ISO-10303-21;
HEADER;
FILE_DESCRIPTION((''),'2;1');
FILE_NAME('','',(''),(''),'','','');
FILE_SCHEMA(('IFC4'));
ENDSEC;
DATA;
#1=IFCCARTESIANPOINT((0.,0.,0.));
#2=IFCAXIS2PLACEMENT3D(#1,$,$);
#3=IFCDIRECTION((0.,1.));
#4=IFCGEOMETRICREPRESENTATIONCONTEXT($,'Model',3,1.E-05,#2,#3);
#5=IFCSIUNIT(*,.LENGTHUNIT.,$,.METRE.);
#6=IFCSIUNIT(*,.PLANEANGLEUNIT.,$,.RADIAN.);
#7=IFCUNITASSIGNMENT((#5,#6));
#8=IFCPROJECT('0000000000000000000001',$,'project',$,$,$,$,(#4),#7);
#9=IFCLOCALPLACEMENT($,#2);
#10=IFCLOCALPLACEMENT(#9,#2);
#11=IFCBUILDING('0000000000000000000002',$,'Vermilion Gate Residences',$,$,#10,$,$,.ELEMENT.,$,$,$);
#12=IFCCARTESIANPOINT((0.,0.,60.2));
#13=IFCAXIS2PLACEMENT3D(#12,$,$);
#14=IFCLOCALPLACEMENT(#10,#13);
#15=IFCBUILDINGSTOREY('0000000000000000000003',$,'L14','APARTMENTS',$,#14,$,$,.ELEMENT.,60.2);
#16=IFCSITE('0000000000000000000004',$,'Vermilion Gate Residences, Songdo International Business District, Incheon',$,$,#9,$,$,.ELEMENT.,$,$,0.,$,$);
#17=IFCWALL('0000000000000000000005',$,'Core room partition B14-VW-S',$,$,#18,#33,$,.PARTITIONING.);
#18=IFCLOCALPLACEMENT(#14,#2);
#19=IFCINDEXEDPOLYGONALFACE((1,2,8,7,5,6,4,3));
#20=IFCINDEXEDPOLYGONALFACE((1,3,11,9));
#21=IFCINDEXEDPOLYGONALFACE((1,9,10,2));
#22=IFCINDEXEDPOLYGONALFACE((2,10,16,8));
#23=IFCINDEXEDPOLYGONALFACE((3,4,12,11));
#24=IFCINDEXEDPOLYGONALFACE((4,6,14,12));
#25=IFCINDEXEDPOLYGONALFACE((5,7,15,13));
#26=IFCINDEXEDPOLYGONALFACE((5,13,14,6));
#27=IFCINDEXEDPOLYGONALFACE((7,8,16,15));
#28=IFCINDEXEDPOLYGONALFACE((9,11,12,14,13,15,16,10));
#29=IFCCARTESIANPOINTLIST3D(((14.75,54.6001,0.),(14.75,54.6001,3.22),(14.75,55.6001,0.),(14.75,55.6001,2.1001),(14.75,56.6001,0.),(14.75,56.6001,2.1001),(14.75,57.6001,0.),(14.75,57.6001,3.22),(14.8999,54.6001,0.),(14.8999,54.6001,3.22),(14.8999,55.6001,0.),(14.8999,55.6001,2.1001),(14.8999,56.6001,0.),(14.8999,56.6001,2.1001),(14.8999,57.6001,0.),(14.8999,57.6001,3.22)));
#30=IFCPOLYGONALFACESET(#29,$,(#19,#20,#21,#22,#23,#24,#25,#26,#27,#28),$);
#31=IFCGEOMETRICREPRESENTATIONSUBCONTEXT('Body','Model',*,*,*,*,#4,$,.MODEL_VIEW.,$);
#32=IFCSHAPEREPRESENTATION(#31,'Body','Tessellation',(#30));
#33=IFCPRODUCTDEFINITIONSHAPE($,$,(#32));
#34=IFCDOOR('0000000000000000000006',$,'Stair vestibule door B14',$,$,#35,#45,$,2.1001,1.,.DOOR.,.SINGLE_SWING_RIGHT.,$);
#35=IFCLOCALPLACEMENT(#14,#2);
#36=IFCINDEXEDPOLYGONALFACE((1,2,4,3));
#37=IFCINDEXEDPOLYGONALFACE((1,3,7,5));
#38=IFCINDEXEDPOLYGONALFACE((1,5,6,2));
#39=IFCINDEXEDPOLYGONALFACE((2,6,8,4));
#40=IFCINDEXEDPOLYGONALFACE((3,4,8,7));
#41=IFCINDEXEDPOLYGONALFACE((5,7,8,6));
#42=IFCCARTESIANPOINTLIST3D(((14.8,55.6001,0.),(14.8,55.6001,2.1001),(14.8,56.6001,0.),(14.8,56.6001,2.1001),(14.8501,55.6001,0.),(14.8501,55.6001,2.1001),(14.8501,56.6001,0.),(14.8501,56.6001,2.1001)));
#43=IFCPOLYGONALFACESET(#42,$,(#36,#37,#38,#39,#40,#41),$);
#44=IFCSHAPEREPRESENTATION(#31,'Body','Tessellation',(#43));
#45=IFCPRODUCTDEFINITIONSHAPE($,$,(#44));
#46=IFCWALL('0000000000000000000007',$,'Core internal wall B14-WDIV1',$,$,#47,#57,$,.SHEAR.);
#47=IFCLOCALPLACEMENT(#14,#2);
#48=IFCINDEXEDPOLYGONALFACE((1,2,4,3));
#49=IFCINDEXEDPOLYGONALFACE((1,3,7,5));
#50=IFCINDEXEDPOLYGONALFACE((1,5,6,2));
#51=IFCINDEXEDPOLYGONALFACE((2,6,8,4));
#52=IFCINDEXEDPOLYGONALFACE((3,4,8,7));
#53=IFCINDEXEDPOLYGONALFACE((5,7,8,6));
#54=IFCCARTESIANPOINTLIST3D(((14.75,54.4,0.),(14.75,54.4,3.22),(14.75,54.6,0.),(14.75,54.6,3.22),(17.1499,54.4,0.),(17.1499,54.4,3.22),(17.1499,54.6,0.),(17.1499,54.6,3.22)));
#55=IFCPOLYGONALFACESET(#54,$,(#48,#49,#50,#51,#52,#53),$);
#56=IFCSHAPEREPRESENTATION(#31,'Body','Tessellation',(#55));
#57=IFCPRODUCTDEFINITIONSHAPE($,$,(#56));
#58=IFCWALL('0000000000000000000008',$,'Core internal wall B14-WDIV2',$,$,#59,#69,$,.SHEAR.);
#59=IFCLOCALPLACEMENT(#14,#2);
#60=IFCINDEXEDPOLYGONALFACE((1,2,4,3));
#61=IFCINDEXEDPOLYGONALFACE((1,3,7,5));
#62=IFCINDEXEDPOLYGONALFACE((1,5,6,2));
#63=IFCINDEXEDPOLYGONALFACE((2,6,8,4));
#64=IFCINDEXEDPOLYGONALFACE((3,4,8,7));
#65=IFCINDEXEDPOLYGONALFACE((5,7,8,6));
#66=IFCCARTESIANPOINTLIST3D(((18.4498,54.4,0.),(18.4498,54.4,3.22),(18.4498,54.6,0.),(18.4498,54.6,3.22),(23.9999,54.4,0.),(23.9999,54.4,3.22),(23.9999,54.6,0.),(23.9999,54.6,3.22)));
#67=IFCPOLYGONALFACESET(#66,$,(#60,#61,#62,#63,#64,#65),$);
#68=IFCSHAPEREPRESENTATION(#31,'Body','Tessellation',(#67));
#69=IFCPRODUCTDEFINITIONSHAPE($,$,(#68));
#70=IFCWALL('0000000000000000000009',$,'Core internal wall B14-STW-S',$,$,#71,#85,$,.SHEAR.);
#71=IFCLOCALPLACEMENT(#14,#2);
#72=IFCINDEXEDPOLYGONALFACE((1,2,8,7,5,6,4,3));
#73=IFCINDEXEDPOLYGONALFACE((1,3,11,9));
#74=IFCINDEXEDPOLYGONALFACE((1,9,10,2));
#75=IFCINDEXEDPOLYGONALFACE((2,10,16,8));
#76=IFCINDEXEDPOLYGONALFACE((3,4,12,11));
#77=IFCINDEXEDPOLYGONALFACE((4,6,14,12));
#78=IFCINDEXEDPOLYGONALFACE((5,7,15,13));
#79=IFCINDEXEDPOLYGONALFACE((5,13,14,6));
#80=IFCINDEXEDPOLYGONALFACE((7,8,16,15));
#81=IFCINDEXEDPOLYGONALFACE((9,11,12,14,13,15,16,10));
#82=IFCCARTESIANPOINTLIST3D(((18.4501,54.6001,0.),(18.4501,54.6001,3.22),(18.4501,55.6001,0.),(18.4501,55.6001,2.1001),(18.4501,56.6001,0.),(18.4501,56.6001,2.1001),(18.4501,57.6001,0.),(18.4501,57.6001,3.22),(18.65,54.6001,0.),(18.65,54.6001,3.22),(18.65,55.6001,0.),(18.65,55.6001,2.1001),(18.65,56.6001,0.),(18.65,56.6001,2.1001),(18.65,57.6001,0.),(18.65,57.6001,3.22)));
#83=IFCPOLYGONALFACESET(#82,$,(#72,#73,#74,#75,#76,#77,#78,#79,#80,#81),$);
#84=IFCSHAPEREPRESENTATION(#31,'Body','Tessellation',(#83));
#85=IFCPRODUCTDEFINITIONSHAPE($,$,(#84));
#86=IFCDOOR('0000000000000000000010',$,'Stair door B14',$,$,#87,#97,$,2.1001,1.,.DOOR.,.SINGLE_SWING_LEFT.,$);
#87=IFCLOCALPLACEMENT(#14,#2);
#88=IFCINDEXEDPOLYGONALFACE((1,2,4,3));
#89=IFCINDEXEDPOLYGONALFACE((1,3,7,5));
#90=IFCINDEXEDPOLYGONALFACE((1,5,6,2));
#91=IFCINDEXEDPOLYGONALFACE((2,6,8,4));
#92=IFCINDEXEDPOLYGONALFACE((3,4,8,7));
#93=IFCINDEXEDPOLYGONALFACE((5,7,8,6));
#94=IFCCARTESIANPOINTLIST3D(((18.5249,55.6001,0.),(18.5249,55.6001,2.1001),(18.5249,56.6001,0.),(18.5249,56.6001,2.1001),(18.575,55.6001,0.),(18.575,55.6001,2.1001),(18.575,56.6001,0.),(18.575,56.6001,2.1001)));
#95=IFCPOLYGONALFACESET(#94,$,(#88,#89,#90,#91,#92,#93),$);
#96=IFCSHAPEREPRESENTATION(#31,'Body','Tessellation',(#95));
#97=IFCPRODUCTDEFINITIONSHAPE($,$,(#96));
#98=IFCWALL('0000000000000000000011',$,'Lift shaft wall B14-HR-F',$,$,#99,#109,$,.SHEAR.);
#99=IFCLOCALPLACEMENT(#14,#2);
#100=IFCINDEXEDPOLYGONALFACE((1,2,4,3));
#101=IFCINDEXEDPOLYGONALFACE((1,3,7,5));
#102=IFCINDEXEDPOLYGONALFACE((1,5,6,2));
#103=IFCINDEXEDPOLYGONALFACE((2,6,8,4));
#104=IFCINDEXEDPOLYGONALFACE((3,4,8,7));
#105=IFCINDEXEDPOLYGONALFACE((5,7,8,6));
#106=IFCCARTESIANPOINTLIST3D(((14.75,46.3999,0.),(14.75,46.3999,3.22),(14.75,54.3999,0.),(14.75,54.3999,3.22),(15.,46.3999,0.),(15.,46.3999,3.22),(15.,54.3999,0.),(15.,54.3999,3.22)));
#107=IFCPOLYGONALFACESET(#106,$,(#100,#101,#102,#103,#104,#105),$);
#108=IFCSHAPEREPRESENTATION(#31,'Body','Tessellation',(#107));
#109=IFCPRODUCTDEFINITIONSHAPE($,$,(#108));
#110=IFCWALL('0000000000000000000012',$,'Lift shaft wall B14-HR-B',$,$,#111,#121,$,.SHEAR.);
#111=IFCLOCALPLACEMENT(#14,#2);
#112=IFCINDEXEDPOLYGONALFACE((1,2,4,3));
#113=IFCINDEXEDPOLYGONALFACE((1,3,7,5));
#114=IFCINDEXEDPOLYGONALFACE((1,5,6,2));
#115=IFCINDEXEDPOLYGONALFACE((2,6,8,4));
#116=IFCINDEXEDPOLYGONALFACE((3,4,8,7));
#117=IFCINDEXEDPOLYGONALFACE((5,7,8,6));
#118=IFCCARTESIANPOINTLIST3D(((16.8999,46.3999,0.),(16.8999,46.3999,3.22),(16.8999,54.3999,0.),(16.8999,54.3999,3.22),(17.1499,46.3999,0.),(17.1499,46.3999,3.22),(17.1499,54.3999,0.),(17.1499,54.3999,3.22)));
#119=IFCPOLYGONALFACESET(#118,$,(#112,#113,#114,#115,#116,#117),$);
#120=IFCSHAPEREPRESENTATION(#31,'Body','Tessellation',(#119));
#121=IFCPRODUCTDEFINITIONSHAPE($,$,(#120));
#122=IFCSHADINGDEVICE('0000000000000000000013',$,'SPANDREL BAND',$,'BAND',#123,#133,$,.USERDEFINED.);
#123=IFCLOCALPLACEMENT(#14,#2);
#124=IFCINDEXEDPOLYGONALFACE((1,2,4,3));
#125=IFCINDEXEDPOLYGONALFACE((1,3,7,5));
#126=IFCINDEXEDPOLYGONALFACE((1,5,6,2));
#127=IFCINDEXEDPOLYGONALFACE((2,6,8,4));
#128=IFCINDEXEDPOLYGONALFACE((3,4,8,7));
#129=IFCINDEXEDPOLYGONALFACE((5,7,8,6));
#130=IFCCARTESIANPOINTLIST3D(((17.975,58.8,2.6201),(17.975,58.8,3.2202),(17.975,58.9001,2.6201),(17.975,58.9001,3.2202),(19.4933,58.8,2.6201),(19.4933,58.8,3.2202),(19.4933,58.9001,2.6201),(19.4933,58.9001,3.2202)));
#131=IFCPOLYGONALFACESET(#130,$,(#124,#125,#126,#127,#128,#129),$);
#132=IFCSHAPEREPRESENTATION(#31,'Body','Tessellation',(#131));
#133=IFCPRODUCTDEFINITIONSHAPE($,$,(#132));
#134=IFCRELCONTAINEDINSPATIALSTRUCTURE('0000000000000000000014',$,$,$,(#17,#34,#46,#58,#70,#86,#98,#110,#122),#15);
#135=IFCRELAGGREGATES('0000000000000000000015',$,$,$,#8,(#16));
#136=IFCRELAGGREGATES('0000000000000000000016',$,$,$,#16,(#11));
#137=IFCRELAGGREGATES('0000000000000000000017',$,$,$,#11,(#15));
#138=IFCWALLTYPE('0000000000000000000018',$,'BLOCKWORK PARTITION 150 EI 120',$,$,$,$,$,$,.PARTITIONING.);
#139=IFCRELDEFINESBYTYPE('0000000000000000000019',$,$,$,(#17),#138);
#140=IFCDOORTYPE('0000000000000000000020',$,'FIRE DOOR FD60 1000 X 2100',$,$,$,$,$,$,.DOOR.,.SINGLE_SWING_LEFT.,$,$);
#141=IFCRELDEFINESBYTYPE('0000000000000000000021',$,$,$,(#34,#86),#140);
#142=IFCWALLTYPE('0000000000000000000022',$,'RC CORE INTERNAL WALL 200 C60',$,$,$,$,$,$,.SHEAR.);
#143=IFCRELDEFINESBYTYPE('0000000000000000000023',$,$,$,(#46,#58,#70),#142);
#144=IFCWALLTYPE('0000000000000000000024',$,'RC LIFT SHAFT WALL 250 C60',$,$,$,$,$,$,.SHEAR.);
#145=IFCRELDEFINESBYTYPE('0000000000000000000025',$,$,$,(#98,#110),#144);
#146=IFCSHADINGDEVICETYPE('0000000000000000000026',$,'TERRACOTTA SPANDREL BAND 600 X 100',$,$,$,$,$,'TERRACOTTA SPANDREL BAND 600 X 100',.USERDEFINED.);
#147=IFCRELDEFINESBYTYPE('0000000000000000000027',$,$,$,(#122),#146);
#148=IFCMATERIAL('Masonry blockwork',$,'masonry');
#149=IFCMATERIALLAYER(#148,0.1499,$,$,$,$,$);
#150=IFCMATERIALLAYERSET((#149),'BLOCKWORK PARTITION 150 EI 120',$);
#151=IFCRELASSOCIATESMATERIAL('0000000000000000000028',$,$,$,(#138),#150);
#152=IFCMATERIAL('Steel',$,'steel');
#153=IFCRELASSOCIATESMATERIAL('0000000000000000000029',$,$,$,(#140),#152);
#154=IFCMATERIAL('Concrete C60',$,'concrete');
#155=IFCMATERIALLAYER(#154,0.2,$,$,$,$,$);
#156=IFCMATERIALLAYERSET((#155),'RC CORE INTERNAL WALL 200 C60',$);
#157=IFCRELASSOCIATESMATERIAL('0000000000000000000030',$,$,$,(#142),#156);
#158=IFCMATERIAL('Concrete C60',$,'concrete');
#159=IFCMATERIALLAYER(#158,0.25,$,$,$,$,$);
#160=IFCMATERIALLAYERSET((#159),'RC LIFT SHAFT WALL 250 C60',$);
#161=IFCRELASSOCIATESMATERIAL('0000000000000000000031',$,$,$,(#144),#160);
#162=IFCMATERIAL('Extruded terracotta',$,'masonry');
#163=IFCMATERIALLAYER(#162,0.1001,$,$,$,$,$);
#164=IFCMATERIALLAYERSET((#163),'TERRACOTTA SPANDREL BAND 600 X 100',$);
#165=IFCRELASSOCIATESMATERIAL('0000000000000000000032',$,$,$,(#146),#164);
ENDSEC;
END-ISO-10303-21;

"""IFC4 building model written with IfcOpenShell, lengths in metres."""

from ifc_helpers import new_model, si_unit, direction, frame, frame_2d, origin, origin_2d, place, context, subcontext, project, spatial, rectangle, extrude, material, layer, layer_set, type_object, element, fill, save


model = new_model("IFC4")

# Units and contexts
model_context = context("Model", 3, precision=1e-05, world=origin(), true_north=direction((0.0, 1.0)))
body_context = subcontext(model_context, "Body", "Model", "MODEL_VIEW")
ifc_project = project(units=[si_unit("LENGTHUNIT", "METRE"), si_unit("PLANEANGLEUNIT", "RADIAN")], contexts=[model_context])

# Site, building, storey
site_placement = place(None, origin())
site = spatial("IfcSite", under=ifc_project, at=site_placement, Name="Vermilion Gate Residences, Songdo International Business District, Incheon", CompositionType="ELEMENT", RefElevation=0.0)
building_placement = place(site_placement, origin())
building = spatial("IfcBuilding", under=site, at=building_placement, Name="Vermilion Gate Residences", CompositionType="ELEMENT")
storey_placement = place(building_placement, frame((0.0, 0.0, 60.2)))
storey = spatial("IfcBuildingStorey", under=building, at=storey_placement, Name="L14", Description="APARTMENTS", CompositionType="ELEMENT", Elevation=60.2)

# Wall, opening, door
ifc_material_1 = material(Name="Masonry blockwork", Category="masonry")
ifc_layer_1 = layer(ifc_material_1, 0.1499)
ifc_layer_set_1 = layer_set([ifc_layer_1], Name="BLOCKWORK PARTITION 150 EI 120")
wall_type_1 = type_object("IfcWallType", Name="BLOCKWORK PARTITION 150 EI 120", PredefinedType="PARTITIONING", material=ifc_layer_set_1)
wall_1_placement = place(storey_placement, frame((14.825, 57.6001, 0.0), z_axis=(0.0, 0.0, 1.0), x_axis=(0.0, -1.0, 0.0)))
wall_1 = element("IfcWall", 1, at=wall_1_placement, inside=storey, type_object=wall_type_1, Name="Core room partition B14-VW-S", PredefinedType="PARTITIONING", context=body_context, shape_type="SweptSolid", body=[
    extrude(rectangle(XDim=3.0, YDim=0.1499, at=frame_2d((1.5, 0.0))), origin(), (0.0, 0.0, 1.0), 3.22),
])
opening_1_placement = place(wall_1_placement, frame((1.0, 0.0, 0.0)))
opening_1 = element("IfcOpeningElement", 2, at=opening_1_placement, cuts=wall_1, PredefinedType="OPENING", context=body_context, shape_type="SweptSolid", body=[
    extrude(rectangle(XDim=1.0, YDim=2.1001, at=frame_2d((0.5, 1.05))), frame((0.0, 0.085, 0.0), z_axis=(0.0, -1.0, 0.0), x_axis=(1.0, 0.0, 0.0)), (0.0, 0.0, 1.0), 0.1699),
])
ifc_material_2 = material(Name="Steel", Category="steel")
door_type = type_object("IfcDoorType", Name="FIRE DOOR FD60 1000 X 2100", OperationType="SINGLE_SWING_LEFT", PredefinedType="DOOR", material=ifc_material_2)
door_1_placement = place(opening_1_placement, frame((1.0, 0.0, 0.0), z_axis=(0.0, 0.0, 1.0), x_axis=(-1.0, 0.0, 0.0)))
door_1 = element("IfcDoor", 3, at=door_1_placement, inside=storey, type_object=door_type, Name="Stair vestibule door B14", OperationType="SINGLE_SWING_RIGHT", OverallHeight=2.1001, OverallWidth=1.0, PredefinedType="DOOR", context=body_context, shape_type="SweptSolid", body=[
    extrude(rectangle(XDim=1.0, YDim=2.1001, at=frame_2d((0.5, 1.05))), frame((0.0, 0.0249, 0.0), z_axis=(0.0, -1.0, 0.0), x_axis=(1.0, 0.0, 0.0)), (0.0, 0.0, 1.0), 0.05),
])
fill(opening_1, door_1)

# Walls
ifc_material_3 = material(Name="Concrete C60", Category="concrete")
ifc_layer_2 = layer(ifc_material_3, 0.2)
ifc_layer_set_2 = layer_set([ifc_layer_2], Name="RC CORE INTERNAL WALL 200 C60")
wall_type_2 = type_object("IfcWallType", Name="RC CORE INTERNAL WALL 200 C60", PredefinedType="SHEAR", material=ifc_layer_set_2)
wall_2_placement = place(storey_placement, frame((14.75, 54.5, 0.0), z_axis=(0.0, 0.0, 1.0), x_axis=(1.0, 0.0, 0.0)))
element("IfcWall", 4, at=wall_2_placement, inside=storey, type_object=wall_type_2, Name="Core internal wall B14-WDIV1", PredefinedType="SHEAR", context=body_context, shape_type="SweptSolid", body=[
    extrude(rectangle(XDim=2.3999, YDim=0.2, at=frame_2d((1.2, 0.0))), origin(), (0.0, 0.0, 1.0), 3.22),
])
wall_3_placement = place(storey_placement, frame((18.45, 54.5, 0.0), z_axis=(0.0, 0.0, 1.0), x_axis=(1.0, 0.0, 0.0)))
element("IfcWall", 5, at=wall_3_placement, inside=storey, type_object=wall_type_2, Name="Core internal wall B14-WDIV2", PredefinedType="SHEAR", context=body_context, shape_type="SweptSolid", body=[
    extrude(rectangle(XDim=5.55, YDim=0.2, at=frame_2d((2.7749, 0.0))), origin(), (0.0, 0.0, 1.0), 3.22),
])

# Wall, opening, door
wall_4_placement = place(storey_placement, frame((18.55, 57.6001, 0.0), z_axis=(0.0, 0.0, 1.0), x_axis=(0.0, -1.0, 0.0)))
wall_4 = element("IfcWall", 6, at=wall_4_placement, inside=storey, type_object=wall_type_2, Name="Core internal wall B14-STW-S", PredefinedType="SHEAR", context=body_context, shape_type="SweptSolid", body=[
    extrude(rectangle(XDim=3.0, YDim=0.2, at=frame_2d((1.5, 0.0))), origin(), (0.0, 0.0, 1.0), 3.22),
])
opening_2_placement = place(wall_4_placement, frame((1.0, 0.0, 0.0)))
opening_2 = element("IfcOpeningElement", 7, at=opening_2_placement, cuts=wall_4, PredefinedType="OPENING", context=body_context, shape_type="SweptSolid", body=[
    extrude(rectangle(XDim=1.0, YDim=2.1001, at=frame_2d((0.5, 1.05))), frame((0.0, 0.1099, 0.0), z_axis=(0.0, -1.0, 0.0), x_axis=(1.0, 0.0, 0.0)), (0.0, 0.0, 1.0), 0.22),
])
door_2_placement = place(opening_2_placement, origin())
door_2 = element("IfcDoor", 8, at=door_2_placement, inside=storey, type_object=door_type, Name="Stair door B14", OperationType="SINGLE_SWING_LEFT", OverallHeight=2.1001, OverallWidth=1.0, PredefinedType="DOOR", context=body_context, shape_type="SweptSolid", body=[
    extrude(rectangle(XDim=1.0, YDim=2.1001, at=frame_2d((0.5, 1.05))), frame((0.0, 0.0249, 0.0), z_axis=(0.0, -1.0, 0.0), x_axis=(1.0, 0.0, 0.0)), (0.0, 0.0, 1.0), 0.05),
])
fill(opening_2, door_2)

# Walls
ifc_material_4 = material(Name="Concrete C60", Category="concrete")
ifc_layer_3 = layer(ifc_material_4, 0.25)
ifc_layer_set_3 = layer_set([ifc_layer_3], Name="RC LIFT SHAFT WALL 250 C60")
wall_type_3 = type_object("IfcWallType", Name="RC LIFT SHAFT WALL 250 C60", PredefinedType="SHEAR", material=ifc_layer_set_3)
for number, where, z_axis, x_axis, name in (
    (9, (14.875, 54.3999, 0.0), (0.0, 0.0, 1.0), (0.0, -1.0, 0.0), "Lift shaft wall B14-HR-F"),
    (10, (17.0249, 54.3999, 0.0), (0.0, 0.0, 1.0), (0.0, -1.0, 0.0), "Lift shaft wall B14-HR-B"),
):
    element("IfcWall", number, at=place(storey_placement, frame(where, z_axis=z_axis, x_axis=x_axis)), inside=storey, type_object=wall_type_3, Name=name, PredefinedType="SHEAR", context=body_context, shape_type="SweptSolid", body=[
        extrude(rectangle(XDim=8.0, YDim=0.25, at=frame_2d((4.0, 0.0))), origin(), (0.0, 0.0, 1.0), 3.22),
    ])

# Shading device
ifc_material_5 = material(Name="Extruded terracotta", Category="masonry")
ifc_layer_4 = layer(ifc_material_5, 0.1001)
ifc_layer_set_4 = layer_set([ifc_layer_4], Name="TERRACOTTA SPANDREL BAND 600 X 100")
shading_device_type = type_object("IfcShadingDeviceType", Name="TERRACOTTA SPANDREL BAND 600 X 100", ElementType="TERRACOTTA SPANDREL BAND 600 X 100", PredefinedType="USERDEFINED", material=ifc_layer_set_4)
shading_device_placement = place(storey_placement, frame((18.7341, 58.8501, 2.6201), z_axis=(0.0, 0.0, 1.0), x_axis=(1.0, 0.0, 0.0)))
element("IfcShadingDevice", 11, at=shading_device_placement, inside=storey, type_object=shading_device_type, Name="SPANDREL BAND", ObjectType="BAND", PredefinedType="USERDEFINED", context=body_context, shape_type="SweptSolid", body=[
    extrude(rectangle(XDim=1.5183, YDim=0.1001, at=origin_2d()), origin(), (0.0, 0.0, 1.0), 0.6001),
])

save(model, "model.ifc")
